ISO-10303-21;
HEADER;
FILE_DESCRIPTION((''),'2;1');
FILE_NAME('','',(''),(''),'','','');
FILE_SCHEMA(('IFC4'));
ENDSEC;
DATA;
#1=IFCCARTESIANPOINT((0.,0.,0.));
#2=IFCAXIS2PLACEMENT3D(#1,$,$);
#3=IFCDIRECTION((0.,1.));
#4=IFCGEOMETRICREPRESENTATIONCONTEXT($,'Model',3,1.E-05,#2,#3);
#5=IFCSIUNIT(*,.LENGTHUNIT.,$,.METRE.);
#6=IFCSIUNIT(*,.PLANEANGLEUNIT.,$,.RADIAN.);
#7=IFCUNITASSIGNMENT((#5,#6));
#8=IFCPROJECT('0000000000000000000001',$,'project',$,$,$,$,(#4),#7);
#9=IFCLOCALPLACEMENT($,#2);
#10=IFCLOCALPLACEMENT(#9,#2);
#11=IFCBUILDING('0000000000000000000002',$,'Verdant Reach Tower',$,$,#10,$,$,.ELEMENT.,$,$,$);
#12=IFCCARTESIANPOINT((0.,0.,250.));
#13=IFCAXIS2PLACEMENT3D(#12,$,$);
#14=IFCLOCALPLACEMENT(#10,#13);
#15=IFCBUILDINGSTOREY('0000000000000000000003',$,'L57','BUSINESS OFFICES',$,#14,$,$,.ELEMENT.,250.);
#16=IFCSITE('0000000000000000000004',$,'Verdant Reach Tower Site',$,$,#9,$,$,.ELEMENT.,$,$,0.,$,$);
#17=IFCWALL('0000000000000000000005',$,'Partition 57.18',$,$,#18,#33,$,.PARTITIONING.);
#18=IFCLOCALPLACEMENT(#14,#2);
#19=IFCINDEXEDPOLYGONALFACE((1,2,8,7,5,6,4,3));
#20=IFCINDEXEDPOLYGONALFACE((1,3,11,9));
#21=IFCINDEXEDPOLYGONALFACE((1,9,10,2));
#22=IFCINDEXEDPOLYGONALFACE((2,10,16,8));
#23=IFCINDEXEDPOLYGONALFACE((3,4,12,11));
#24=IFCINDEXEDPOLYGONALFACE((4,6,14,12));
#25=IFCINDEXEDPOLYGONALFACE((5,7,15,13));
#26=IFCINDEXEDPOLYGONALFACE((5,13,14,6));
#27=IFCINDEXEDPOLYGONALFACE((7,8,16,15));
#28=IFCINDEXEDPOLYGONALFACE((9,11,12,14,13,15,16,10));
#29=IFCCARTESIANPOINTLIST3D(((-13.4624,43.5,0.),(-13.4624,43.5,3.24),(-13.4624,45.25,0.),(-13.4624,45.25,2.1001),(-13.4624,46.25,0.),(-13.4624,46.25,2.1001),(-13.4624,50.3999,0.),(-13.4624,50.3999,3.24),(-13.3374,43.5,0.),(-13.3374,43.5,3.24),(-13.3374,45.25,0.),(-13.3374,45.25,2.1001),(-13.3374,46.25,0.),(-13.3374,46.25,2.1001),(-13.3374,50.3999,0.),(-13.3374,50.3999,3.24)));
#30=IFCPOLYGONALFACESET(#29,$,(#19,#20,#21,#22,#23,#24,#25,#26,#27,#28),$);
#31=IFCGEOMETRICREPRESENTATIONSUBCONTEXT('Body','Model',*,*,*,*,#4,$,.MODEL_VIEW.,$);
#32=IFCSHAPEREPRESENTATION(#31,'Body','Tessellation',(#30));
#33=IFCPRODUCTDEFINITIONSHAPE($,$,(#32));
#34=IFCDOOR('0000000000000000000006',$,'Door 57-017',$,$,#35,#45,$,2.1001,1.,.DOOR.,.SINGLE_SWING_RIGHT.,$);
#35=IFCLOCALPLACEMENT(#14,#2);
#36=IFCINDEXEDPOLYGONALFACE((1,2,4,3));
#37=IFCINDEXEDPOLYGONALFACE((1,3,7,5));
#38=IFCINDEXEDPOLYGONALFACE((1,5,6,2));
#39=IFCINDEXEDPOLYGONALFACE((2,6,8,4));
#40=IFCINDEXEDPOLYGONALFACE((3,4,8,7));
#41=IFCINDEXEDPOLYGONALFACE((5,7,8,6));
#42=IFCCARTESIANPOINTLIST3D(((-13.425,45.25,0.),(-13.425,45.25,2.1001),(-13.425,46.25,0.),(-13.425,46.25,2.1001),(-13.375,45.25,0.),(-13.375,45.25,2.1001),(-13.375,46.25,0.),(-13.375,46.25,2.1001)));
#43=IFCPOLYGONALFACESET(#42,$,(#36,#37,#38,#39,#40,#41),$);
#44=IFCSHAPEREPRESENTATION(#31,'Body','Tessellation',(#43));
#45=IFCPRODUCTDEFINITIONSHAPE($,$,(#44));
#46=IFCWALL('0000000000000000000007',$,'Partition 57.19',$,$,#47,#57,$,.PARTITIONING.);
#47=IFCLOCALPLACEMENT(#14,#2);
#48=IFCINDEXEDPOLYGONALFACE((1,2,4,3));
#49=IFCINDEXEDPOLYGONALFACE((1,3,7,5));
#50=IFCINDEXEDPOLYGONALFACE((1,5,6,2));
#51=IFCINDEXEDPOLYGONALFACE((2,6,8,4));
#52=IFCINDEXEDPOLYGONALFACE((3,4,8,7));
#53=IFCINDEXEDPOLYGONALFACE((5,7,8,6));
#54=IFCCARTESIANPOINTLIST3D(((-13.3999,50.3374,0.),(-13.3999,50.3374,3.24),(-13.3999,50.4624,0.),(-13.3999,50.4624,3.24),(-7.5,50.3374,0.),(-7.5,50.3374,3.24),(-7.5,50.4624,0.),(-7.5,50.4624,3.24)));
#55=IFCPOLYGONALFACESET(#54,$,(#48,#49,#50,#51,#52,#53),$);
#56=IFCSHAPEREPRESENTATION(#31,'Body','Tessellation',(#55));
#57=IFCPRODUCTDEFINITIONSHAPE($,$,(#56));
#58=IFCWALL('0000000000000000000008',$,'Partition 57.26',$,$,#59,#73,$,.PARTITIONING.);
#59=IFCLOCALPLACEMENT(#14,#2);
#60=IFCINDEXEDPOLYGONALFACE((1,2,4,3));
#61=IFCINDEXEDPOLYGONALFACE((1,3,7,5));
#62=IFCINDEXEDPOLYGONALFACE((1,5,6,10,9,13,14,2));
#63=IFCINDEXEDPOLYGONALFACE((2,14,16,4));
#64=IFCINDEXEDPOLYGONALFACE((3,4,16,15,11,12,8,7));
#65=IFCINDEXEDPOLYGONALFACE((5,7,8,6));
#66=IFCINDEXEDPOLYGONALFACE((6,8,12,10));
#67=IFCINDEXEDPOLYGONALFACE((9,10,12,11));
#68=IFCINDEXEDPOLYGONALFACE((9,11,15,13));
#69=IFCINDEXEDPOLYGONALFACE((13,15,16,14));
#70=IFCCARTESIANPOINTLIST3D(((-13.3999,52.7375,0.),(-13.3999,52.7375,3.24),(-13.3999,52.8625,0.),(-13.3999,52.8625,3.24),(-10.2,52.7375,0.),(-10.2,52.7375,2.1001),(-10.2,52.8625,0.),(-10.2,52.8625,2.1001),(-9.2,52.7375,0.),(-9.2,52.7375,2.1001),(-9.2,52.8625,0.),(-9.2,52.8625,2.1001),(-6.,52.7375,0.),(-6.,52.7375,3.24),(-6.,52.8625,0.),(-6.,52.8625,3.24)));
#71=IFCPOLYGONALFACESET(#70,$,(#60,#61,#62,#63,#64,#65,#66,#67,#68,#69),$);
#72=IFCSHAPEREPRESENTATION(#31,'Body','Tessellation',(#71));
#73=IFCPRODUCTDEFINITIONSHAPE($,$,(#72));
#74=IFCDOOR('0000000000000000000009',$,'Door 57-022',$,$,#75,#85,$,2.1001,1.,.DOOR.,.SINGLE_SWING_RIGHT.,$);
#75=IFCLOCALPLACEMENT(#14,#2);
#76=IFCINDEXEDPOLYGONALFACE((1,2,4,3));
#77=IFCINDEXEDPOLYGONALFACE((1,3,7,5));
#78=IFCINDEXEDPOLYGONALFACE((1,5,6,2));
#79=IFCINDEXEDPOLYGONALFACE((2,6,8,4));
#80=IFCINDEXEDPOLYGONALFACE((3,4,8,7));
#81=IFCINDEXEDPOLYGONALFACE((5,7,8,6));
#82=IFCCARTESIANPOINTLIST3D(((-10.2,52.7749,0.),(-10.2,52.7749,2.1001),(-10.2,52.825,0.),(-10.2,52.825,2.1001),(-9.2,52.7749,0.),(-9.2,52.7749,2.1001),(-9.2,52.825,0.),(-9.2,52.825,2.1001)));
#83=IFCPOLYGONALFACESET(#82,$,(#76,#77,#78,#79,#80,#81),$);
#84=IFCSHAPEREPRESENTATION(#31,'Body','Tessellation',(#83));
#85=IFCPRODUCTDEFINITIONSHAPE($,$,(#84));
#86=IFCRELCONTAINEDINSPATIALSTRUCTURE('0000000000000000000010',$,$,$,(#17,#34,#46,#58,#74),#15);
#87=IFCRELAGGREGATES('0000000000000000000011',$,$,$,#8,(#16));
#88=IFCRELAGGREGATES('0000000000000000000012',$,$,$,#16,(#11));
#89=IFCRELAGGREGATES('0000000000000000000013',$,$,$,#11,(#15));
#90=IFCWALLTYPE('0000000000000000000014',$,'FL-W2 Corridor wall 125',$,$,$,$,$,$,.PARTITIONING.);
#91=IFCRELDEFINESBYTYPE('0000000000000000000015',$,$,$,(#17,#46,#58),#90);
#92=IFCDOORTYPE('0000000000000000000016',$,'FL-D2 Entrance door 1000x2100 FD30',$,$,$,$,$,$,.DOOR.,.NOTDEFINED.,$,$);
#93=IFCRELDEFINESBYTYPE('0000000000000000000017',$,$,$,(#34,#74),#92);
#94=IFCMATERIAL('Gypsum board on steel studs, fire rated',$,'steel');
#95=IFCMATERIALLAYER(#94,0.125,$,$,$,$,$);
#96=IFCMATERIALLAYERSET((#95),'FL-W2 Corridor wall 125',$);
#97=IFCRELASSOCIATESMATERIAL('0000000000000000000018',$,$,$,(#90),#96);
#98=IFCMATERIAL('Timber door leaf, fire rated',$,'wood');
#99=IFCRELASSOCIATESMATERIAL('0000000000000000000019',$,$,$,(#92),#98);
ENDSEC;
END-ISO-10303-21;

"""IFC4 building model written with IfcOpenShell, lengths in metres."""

from ifc_helpers import new_model, si_unit, direction, frame, frame_2d, origin, place, context, subcontext, project, spatial, rectangle, extrude, material, layer, layer_set, type_object, element, fill, save


model = new_model("IFC4")

# Units and contexts
model_context = context("Model", 3, precision=1e-05, world=origin(), true_north=direction((0.0, 1.0)))
body_context = subcontext(model_context, "Body", "Model", "MODEL_VIEW")
ifc_project = project(units=[si_unit("LENGTHUNIT", "METRE"), si_unit("PLANEANGLEUNIT", "RADIAN")], contexts=[model_context])

# Site, building, storey
site_placement = place(None, origin())
site = spatial("IfcSite", under=ifc_project, at=site_placement, Name="Verdant Reach Tower Site", CompositionType="ELEMENT", RefElevation=0.0)
building_placement = place(site_placement, origin())
building = spatial("IfcBuilding", under=site, at=building_placement, Name="Verdant Reach Tower", CompositionType="ELEMENT")
storey_placement = place(building_placement, frame((0.0, 0.0, 250.0)))
storey = spatial("IfcBuildingStorey", under=building, at=storey_placement, Name="L57", Description="BUSINESS OFFICES", CompositionType="ELEMENT", Elevation=250.0)

# Shared definitions
ifc_material_1 = material(Name="Gypsum board on steel studs, fire rated", Category="steel")
ifc_layer_1 = layer(ifc_material_1, 0.125)
ifc_layer_set_1 = layer_set([ifc_layer_1], Name="FL-W2 Corridor wall 125")
wall_type_1 = type_object("IfcWallType", Name="FL-W2 Corridor wall 125", PredefinedType="PARTITIONING", material=ifc_layer_set_1)
ifc_material_2 = material(Name="Timber door leaf, fire rated", Category="wood")
door_type_1 = type_object("IfcDoorType", Name="FL-D2 Entrance door 1000x2100 FD30", OperationType="NOTDEFINED", PredefinedType="DOOR", material=ifc_material_2)

# Wall, opening, door
wall_1_placement = place(storey_placement, frame((-13.3999, 50.3999, 0.0), z_axis=(0.0, 0.0, 1.0), x_axis=(0.0, -1.0, 0.0)))
wall_1 = element("IfcWall", 1, at=wall_1_placement, inside=storey, type_object=wall_type_1, Name="Partition 57.18", PredefinedType="PARTITIONING", context=body_context, shape_type="SweptSolid", body=[
    extrude(rectangle(XDim=6.8999, YDim=0.125, at=frame_2d((3.45, 0.0))), origin(), (0.0, 0.0, 1.0), 3.24),
])
opening_1_placement = place(wall_1_placement, frame((4.1499, 0.0, 0.0)))
opening_1 = element("IfcOpeningElement", 2, at=opening_1_placement, cuts=wall_1, PredefinedType="OPENING", context=body_context, shape_type="SweptSolid", body=[
    extrude(rectangle(XDim=1.0, YDim=2.1001, at=frame_2d((0.5, 1.05))), frame((0.0, 0.0725, 0.0), z_axis=(0.0, -1.0, 0.0), x_axis=(1.0, 0.0, 0.0)), (0.0, 0.0, 1.0), 0.145),
])
door_1_placement = place(opening_1_placement, origin())
door_1 = element("IfcDoor", 3, at=door_1_placement, inside=storey, type_object=door_type_1, Name="Door 57-017", OperationType="SINGLE_SWING_RIGHT", OverallHeight=2.1001, OverallWidth=1.0, PredefinedType="DOOR", context=body_context, shape_type="SweptSolid", body=[
    extrude(rectangle(XDim=1.0, YDim=2.1001, at=frame_2d((0.5, 1.05))), frame((0.0, 0.0249, 0.0), z_axis=(0.0, -1.0, 0.0), x_axis=(1.0, 0.0, 0.0)), (0.0, 0.0, 1.0), 0.05),
])
fill(opening_1, door_1)

# Wall
wall_2_placement = place(storey_placement, frame((-7.5, 50.3999, 0.0), z_axis=(0.0, 0.0, 1.0), x_axis=(-1.0, 0.0, 0.0)))
element("IfcWall", 4, at=wall_2_placement, inside=storey, type_object=wall_type_1, Name="Partition 57.19", PredefinedType="PARTITIONING", context=body_context, shape_type="SweptSolid", body=[
    extrude(rectangle(XDim=5.8999, YDim=0.125, at=frame_2d((2.95, 0.0))), origin(), (0.0, 0.0, 1.0), 3.24),
])

# Wall, opening, door
wall_3_placement = place(storey_placement, frame((-13.3999, 52.8, 0.0), z_axis=(0.0, 0.0, 1.0), x_axis=(1.0, 0.0, 0.0)))
wall_3 = element("IfcWall", 5, at=wall_3_placement, inside=storey, type_object=wall_type_1, Name="Partition 57.26", PredefinedType="PARTITIONING", context=body_context, shape_type="SweptSolid", body=[
    extrude(rectangle(XDim=7.3999, YDim=0.125, at=frame_2d((3.7, 0.0))), origin(), (0.0, 0.0, 1.0), 3.24),
])
opening_2_placement = place(wall_3_placement, frame((3.2, 0.0, 0.0)))
opening_2 = element("IfcOpeningElement", 6, at=opening_2_placement, cuts=wall_3, PredefinedType="OPENING", context=body_context, shape_type="SweptSolid", body=[
    extrude(rectangle(XDim=1.0, YDim=2.1001, at=frame_2d((0.5, 1.05))), frame((0.0, 0.0725, 0.0), z_axis=(0.0, -1.0, 0.0), x_axis=(1.0, 0.0, 0.0)), (0.0, 0.0, 1.0), 0.145),
])
door_2_placement = place(opening_2_placement, origin())
door_2 = element("IfcDoor", 7, at=door_2_placement, inside=storey, type_object=door_type_1, Name="Door 57-022", OperationType="SINGLE_SWING_RIGHT", OverallHeight=2.1001, OverallWidth=1.0, PredefinedType="DOOR", context=body_context, shape_type="SweptSolid", body=[
    extrude(rectangle(XDim=1.0, YDim=2.1001, at=frame_2d((0.5, 1.05))), frame((0.0, 0.0249, 0.0), z_axis=(0.0, -1.0, 0.0), x_axis=(1.0, 0.0, 0.0)), (0.0, 0.0, 1.0), 0.05),
])
fill(opening_2, door_2)

save(model, "model.ifc")
